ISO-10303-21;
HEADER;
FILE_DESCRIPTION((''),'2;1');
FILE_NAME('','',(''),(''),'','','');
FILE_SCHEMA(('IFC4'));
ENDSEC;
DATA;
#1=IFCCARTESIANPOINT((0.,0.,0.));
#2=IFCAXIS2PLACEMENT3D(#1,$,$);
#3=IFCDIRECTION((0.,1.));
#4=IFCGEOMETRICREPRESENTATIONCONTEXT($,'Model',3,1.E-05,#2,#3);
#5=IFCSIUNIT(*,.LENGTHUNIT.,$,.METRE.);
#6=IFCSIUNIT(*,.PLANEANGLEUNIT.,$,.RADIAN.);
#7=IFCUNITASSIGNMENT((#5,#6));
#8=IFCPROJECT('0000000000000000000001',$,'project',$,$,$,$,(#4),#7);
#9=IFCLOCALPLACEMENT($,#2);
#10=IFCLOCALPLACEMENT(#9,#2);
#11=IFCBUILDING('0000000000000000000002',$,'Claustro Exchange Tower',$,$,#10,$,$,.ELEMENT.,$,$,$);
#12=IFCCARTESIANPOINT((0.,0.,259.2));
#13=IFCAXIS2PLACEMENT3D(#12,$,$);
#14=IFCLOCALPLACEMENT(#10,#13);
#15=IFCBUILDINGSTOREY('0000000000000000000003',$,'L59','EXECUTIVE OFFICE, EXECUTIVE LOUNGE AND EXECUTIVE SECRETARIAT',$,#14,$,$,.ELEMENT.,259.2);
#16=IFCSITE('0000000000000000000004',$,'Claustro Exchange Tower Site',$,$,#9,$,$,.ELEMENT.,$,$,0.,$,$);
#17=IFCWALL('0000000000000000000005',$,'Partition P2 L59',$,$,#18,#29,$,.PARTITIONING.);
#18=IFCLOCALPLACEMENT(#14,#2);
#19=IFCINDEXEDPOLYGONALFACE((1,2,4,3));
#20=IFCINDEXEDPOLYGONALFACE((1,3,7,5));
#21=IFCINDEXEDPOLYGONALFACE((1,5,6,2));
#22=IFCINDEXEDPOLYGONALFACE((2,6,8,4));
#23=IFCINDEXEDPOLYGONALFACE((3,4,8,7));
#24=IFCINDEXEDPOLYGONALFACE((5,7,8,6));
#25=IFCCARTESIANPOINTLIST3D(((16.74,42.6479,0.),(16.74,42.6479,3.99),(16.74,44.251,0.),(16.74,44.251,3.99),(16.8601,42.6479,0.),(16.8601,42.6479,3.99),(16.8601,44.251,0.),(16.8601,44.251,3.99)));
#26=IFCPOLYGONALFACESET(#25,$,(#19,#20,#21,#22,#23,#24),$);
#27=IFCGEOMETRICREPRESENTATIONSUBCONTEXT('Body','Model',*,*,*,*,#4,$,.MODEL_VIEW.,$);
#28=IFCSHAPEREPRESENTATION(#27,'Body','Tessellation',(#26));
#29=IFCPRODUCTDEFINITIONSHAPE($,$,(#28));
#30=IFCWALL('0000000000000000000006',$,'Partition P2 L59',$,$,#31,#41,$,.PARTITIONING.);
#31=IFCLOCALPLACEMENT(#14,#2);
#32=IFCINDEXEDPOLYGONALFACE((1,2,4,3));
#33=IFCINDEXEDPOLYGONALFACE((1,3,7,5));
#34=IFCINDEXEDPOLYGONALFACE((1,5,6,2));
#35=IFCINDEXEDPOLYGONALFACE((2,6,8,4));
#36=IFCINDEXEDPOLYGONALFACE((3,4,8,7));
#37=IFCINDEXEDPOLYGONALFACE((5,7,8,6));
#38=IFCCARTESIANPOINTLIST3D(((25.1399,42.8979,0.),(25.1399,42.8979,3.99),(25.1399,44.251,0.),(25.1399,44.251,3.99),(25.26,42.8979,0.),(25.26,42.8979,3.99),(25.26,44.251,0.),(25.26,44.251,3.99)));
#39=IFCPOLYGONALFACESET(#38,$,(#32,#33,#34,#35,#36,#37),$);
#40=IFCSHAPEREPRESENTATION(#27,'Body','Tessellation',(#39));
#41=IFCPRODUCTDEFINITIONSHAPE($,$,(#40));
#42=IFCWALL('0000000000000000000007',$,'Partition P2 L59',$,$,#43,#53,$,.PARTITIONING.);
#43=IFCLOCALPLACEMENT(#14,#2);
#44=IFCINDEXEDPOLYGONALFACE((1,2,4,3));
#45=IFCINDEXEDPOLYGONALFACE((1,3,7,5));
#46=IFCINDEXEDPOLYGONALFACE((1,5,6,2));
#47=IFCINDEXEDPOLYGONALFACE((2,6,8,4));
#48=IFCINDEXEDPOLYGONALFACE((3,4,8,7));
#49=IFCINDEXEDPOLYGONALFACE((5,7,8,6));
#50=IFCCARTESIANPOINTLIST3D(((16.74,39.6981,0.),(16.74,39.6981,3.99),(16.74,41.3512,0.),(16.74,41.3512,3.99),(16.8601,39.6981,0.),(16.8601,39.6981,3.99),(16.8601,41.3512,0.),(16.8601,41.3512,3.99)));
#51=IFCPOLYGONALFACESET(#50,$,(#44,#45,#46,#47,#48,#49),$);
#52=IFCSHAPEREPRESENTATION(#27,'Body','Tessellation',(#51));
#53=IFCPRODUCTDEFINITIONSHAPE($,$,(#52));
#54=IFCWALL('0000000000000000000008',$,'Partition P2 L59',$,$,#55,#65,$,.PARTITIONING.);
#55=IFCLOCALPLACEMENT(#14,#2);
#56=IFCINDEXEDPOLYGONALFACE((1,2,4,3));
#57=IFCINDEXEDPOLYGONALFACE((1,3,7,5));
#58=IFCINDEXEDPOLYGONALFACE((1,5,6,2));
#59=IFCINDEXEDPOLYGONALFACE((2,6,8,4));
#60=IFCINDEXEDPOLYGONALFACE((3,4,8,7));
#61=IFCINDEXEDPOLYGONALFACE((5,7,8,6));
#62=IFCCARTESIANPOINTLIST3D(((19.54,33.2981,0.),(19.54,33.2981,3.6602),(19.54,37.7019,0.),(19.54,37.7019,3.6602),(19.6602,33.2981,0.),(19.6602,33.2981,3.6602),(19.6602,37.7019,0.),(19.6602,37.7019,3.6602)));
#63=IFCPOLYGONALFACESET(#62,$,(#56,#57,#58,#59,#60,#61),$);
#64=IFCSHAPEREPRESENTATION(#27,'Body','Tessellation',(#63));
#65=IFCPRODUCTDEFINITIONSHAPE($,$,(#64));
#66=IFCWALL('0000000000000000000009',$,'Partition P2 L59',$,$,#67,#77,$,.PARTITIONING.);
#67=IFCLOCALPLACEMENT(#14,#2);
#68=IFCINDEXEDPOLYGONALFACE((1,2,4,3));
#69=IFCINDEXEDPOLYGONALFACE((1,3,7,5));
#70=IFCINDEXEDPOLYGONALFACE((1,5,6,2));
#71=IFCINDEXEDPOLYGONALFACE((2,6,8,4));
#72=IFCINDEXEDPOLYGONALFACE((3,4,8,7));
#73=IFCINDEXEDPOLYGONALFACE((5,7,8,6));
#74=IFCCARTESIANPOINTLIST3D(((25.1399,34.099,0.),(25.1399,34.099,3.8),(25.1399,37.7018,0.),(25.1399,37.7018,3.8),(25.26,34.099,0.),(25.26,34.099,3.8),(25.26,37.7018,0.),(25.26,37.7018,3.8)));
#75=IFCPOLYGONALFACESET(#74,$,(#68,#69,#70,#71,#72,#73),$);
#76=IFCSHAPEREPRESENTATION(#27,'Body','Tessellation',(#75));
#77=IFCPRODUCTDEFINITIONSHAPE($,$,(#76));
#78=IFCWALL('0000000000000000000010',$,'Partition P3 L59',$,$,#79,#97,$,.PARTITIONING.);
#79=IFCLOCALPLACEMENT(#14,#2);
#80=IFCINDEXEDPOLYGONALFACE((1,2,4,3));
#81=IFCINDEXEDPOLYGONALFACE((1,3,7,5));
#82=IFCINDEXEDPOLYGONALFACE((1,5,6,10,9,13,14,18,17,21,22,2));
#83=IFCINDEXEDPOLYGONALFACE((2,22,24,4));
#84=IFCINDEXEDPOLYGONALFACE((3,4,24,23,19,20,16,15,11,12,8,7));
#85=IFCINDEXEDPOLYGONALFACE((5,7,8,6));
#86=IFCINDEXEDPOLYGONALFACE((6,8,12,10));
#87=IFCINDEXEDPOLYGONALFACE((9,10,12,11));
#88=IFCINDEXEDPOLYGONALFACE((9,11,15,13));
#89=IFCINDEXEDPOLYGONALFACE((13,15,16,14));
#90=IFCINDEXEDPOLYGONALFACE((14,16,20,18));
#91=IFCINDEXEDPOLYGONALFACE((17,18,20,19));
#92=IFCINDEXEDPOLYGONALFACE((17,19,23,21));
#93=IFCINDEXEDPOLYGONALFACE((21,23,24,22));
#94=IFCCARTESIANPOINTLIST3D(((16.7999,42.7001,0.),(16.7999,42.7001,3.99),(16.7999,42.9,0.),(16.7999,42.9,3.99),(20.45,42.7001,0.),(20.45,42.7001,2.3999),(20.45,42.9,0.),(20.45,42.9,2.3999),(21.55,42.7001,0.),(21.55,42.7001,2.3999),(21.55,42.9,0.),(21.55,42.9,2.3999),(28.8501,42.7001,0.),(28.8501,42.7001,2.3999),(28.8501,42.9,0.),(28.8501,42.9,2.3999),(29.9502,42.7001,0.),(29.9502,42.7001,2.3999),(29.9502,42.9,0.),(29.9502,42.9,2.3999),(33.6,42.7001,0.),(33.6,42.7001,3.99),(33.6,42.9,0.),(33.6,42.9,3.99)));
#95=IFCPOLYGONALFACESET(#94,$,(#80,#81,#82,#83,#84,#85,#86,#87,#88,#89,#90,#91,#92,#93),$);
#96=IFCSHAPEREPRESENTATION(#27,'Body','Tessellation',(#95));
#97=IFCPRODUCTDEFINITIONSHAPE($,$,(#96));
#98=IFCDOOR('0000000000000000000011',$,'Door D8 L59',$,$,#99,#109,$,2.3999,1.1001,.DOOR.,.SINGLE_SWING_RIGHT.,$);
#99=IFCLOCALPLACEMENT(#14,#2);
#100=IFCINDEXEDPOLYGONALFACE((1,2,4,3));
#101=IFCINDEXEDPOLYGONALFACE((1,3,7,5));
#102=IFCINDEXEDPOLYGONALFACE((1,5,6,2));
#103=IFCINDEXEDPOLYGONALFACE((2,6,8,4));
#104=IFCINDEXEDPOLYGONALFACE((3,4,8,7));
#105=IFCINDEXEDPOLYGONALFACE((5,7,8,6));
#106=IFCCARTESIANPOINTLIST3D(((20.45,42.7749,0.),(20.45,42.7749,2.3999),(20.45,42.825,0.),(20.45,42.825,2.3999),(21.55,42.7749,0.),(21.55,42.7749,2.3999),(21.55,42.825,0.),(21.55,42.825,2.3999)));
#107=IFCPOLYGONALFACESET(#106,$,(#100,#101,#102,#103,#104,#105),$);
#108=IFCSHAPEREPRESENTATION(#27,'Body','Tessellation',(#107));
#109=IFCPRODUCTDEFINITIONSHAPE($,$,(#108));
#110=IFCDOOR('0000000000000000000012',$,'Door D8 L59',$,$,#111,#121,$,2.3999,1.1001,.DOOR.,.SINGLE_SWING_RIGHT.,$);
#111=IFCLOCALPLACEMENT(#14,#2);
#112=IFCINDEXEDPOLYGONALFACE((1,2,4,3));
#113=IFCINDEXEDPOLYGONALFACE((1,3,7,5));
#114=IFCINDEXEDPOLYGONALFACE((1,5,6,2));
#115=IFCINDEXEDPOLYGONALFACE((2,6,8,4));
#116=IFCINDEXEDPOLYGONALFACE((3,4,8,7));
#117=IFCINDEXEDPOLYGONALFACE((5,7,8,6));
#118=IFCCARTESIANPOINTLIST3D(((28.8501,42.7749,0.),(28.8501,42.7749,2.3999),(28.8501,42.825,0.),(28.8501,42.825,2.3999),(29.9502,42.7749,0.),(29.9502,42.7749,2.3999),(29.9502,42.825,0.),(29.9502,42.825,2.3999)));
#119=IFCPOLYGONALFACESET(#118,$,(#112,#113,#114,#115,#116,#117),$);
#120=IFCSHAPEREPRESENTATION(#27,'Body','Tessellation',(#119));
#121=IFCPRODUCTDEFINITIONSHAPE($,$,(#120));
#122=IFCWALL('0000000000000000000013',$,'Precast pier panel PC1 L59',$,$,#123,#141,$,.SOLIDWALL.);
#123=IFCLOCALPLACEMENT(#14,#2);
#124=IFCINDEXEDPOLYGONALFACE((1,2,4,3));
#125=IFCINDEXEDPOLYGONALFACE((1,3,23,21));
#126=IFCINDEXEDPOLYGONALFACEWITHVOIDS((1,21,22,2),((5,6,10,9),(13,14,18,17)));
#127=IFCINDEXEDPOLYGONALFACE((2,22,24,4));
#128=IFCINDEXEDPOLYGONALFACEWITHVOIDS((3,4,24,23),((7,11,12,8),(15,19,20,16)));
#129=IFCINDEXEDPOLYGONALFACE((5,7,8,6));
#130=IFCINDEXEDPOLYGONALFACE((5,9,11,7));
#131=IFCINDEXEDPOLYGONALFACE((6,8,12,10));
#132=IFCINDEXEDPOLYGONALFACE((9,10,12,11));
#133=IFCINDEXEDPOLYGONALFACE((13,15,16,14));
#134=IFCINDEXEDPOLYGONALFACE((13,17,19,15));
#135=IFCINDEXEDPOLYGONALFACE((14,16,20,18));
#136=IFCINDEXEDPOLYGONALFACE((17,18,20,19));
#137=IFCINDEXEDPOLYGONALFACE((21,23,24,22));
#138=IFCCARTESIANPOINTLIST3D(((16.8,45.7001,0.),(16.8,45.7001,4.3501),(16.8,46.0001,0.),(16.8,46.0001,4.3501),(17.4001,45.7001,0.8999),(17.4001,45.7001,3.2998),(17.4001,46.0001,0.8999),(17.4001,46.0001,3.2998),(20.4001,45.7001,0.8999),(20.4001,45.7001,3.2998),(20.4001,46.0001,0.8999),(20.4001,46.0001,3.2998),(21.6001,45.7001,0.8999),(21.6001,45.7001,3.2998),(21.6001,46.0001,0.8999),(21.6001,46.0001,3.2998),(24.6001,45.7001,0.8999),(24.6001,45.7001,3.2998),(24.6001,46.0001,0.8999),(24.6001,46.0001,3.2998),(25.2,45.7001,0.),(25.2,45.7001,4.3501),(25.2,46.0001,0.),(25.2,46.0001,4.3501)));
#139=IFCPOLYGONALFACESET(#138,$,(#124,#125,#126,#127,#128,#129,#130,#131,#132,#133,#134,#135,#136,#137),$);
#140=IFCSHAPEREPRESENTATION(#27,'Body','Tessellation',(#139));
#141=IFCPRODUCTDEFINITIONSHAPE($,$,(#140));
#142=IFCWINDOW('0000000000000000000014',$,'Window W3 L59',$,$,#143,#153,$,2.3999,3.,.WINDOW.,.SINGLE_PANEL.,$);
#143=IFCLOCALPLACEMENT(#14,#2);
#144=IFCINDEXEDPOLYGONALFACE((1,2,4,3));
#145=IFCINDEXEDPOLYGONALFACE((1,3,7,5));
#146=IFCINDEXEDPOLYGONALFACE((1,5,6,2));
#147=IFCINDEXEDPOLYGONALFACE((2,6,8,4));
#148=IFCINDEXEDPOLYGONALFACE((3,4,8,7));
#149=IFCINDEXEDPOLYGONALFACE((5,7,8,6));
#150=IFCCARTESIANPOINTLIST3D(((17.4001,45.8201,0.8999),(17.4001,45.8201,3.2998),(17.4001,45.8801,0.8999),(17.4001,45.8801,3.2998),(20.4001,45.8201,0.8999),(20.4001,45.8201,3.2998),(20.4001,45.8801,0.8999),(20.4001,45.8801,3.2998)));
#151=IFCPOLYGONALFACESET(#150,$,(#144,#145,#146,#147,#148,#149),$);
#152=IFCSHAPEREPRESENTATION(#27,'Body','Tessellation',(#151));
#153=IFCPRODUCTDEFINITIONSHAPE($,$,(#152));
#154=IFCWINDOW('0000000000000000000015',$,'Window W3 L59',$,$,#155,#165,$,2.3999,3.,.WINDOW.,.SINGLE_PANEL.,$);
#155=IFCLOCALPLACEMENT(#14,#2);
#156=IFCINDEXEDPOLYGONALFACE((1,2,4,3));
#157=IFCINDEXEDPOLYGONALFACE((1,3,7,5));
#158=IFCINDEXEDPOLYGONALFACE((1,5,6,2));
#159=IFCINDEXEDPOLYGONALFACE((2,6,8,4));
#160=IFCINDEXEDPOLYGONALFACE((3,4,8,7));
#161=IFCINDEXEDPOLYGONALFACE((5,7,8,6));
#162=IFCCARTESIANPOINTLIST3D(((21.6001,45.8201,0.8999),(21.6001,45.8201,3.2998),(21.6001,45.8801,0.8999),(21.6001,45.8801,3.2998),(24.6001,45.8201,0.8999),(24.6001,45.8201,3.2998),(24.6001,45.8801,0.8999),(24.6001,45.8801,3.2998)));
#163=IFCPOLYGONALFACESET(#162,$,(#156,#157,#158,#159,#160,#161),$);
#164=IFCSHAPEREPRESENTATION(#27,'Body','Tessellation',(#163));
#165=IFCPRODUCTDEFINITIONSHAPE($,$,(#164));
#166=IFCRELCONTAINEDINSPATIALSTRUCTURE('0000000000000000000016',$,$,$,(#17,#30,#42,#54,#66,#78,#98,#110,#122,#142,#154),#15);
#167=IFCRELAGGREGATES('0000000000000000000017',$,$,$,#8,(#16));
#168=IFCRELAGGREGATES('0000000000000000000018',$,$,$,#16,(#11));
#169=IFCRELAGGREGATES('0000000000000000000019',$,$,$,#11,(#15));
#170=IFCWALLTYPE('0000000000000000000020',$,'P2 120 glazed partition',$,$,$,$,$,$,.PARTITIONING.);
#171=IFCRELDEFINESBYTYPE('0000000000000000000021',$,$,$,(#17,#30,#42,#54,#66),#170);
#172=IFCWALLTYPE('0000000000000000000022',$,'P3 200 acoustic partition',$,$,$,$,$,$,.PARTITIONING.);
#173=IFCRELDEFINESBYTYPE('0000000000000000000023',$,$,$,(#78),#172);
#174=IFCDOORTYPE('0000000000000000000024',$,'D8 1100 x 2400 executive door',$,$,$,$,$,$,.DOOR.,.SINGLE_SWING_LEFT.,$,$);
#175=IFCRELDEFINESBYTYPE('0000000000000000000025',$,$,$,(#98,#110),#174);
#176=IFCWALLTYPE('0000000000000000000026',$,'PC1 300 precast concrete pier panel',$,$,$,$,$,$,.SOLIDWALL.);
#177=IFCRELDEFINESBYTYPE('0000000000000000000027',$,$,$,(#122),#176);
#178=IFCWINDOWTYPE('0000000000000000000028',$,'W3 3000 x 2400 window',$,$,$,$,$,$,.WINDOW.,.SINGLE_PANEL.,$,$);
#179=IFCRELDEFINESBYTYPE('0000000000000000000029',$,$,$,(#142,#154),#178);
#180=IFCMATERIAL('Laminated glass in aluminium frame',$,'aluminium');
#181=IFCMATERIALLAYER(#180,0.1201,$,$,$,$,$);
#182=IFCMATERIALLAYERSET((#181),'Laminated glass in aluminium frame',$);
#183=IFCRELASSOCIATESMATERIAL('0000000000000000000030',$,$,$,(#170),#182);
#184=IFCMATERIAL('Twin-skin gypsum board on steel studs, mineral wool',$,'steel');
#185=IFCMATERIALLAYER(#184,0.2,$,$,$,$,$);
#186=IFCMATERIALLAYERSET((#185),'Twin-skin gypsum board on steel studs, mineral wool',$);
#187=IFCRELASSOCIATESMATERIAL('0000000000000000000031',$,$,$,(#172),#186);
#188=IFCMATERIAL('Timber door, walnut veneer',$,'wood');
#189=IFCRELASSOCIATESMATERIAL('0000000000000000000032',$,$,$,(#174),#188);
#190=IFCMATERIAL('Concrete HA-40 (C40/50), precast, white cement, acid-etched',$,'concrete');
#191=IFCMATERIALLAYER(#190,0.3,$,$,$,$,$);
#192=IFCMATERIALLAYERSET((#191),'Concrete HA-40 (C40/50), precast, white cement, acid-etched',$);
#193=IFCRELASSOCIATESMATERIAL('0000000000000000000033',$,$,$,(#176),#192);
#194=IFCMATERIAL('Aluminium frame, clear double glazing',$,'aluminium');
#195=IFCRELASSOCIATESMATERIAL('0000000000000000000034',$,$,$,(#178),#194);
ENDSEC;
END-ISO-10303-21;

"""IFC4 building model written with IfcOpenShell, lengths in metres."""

from ifc_helpers import new_model, si_unit, direction, frame, frame_2d, origin, place, context, subcontext, project, spatial, rectangle, extrude, material, layer, layer_set, type_object, element, fill, save


model = new_model("IFC4")

# Units and contexts
model_context = context("Model", 3, precision=1e-05, world=origin(), true_north=direction((0.0, 1.0)))
body_context = subcontext(model_context, "Body", "Model", "MODEL_VIEW")
ifc_project = project(units=[si_unit("LENGTHUNIT", "METRE"), si_unit("PLANEANGLEUNIT", "RADIAN")], contexts=[model_context])

# Site, building, storey
site_placement = place(None, origin())
site = spatial("IfcSite", under=ifc_project, at=site_placement, Name="Claustro Exchange Tower Site", CompositionType="ELEMENT", RefElevation=0.0)
building_placement = place(site_placement, origin())
building = spatial("IfcBuilding", under=site, at=building_placement, Name="Claustro Exchange Tower", CompositionType="ELEMENT")
storey_placement = place(building_placement, frame((0.0, 0.0, 259.2)))
storey = spatial("IfcBuildingStorey", under=building, at=storey_placement, Name="L59", Description="EXECUTIVE OFFICE, EXECUTIVE LOUNGE AND EXECUTIVE SECRETARIAT", CompositionType="ELEMENT", Elevation=259.2)

# Walls
ifc_material_1 = material(Name="Laminated glass in aluminium frame", Category="aluminium")
ifc_layer_1 = layer(ifc_material_1, 0.1201)
ifc_layer_set_1 = layer_set([ifc_layer_1], Name="Laminated glass in aluminium frame")
wall_type_1 = type_object("IfcWallType", Name="P2 120 glazed partition", PredefinedType="PARTITIONING", material=ifc_layer_set_1)
wall_1_placement = place(storey_placement, frame((16.8, 42.6479, 0.0), z_axis=(0.0, 0.0, 1.0), x_axis=(0.0, 1.0, 0.0)))
element("IfcWall", 1, at=wall_1_placement, inside=storey, type_object=wall_type_1, Name="Partition P2 L59", PredefinedType="PARTITIONING", context=body_context, shape_type="SweptSolid", body=[
    extrude(rectangle(XDim=1.603, YDim=0.1201, at=frame_2d((0.8015, 0.0))), origin(), (0.0, 0.0, 1.0), 3.99),
])
wall_2_placement = place(storey_placement, frame((25.2, 42.8979, 0.0), z_axis=(0.0, 0.0, 1.0), x_axis=(0.0, 1.0, 0.0)))
element("IfcWall", 2, at=wall_2_placement, inside=storey, type_object=wall_type_1, Name="Partition P2 L59", PredefinedType="PARTITIONING", context=body_context, shape_type="SweptSolid", body=[
    extrude(rectangle(XDim=1.353, YDim=0.1201, at=frame_2d((0.6765, 0.0))), origin(), (0.0, 0.0, 1.0), 3.99),
])
wall_3_placement = place(storey_placement, frame((16.8, 39.698, 0.0), z_axis=(0.0, 0.0, 1.0), x_axis=(0.0, 1.0, 0.0)))
element("IfcWall", 3, at=wall_3_placement, inside=storey, type_object=wall_type_1, Name="Partition P2 L59", PredefinedType="PARTITIONING", context=body_context, shape_type="SweptSolid", body=[
    extrude(rectangle(XDim=1.6531, YDim=0.1201, at=frame_2d((0.8267, 0.0))), origin(), (0.0, 0.0, 1.0), 3.99),
])
wall_4_placement = place(storey_placement, frame((19.6001, 33.2981, 0.0), z_axis=(0.0, 0.0, 1.0), x_axis=(0.0, 1.0, 0.0)))
element("IfcWall", 4, at=wall_4_placement, inside=storey, type_object=wall_type_1, Name="Partition P2 L59", PredefinedType="PARTITIONING", context=body_context, shape_type="SweptSolid", body=[
    extrude(rectangle(XDim=4.4038, YDim=0.1201, at=frame_2d((2.2019, 0.0))), origin(), (0.0, 0.0, 1.0), 3.6602),
])
wall_5_placement = place(storey_placement, frame((25.2, 34.0991, 0.0), z_axis=(0.0, 0.0, 1.0), x_axis=(0.0, 1.0, 0.0)))
element("IfcWall", 5, at=wall_5_placement, inside=storey, type_object=wall_type_1, Name="Partition P2 L59", PredefinedType="PARTITIONING", context=body_context, shape_type="SweptSolid", body=[
    extrude(rectangle(XDim=3.6028, YDim=0.1201, at=frame_2d((1.8013, 0.0))), origin(), (0.0, 0.0, 1.0), 3.8),
])

# Wall, openings, doors
ifc_material_2 = material(Name="Twin-skin gypsum board on steel studs, mineral wool", Category="steel")
ifc_layer_2 = layer(ifc_material_2, 0.2)
ifc_layer_set_2 = layer_set([ifc_layer_2], Name="Twin-skin gypsum board on steel studs, mineral wool")
wall_type_2 = type_object("IfcWallType", Name="P3 200 acoustic partition", PredefinedType="PARTITIONING", material=ifc_layer_set_2)
wall_6_placement = place(storey_placement, frame((16.8, 42.8, 0.0), z_axis=(0.0, 0.0, 1.0), x_axis=(1.0, 0.0, 0.0)))
wall_6 = element("IfcWall", 6, at=wall_6_placement, inside=storey, type_object=wall_type_2, Name="Partition P3 L59", PredefinedType="PARTITIONING", context=body_context, shape_type="SweptSolid", body=[
    extrude(rectangle(XDim=16.8, YDim=0.2, at=frame_2d((8.3999, 0.0))), origin(), (0.0, 0.0, 1.0), 3.99),
])
opening_1_placement = place(wall_6_placement, frame((3.6499, 0.0, 0.0)))
opening_1 = element("IfcOpeningElement", 7, at=opening_1_placement, cuts=wall_6, PredefinedType="OPENING", context=body_context, shape_type="SweptSolid", body=[
    extrude(rectangle(XDim=1.1001, YDim=2.3999, at=frame_2d((0.55, 1.2))), frame((0.0, 0.1099, 0.0), z_axis=(0.0, -1.0, 0.0), x_axis=(1.0, 0.0, 0.0)), (0.0, 0.0, 1.0), 0.22),
])
opening_2_placement = place(wall_6_placement, frame((12.05, 0.0, 0.0)))
opening_2 = element("IfcOpeningElement", 8, at=opening_2_placement, cuts=wall_6, PredefinedType="OPENING", context=body_context, shape_type="SweptSolid", body=[
    extrude(rectangle(XDim=1.1001, YDim=2.3999, at=frame_2d((0.55, 1.2))), frame((0.0, 0.1099, 0.0), z_axis=(0.0, -1.0, 0.0), x_axis=(1.0, 0.0, 0.0)), (0.0, 0.0, 1.0), 0.22),
])
ifc_material_3 = material(Name="Timber door, walnut veneer", Category="wood")
door_type = type_object("IfcDoorType", Name="D8 1100 x 2400 executive door", OperationType="SINGLE_SWING_LEFT", PredefinedType="DOOR", material=ifc_material_3)
door_1_placement = place(opening_1_placement, origin())
door_1 = element("IfcDoor", 9, at=door_1_placement, inside=storey, type_object=door_type, Name="Door D8 L59", OperationType="SINGLE_SWING_RIGHT", OverallHeight=2.3999, OverallWidth=1.1001, PredefinedType="DOOR", context=body_context, shape_type="SweptSolid", body=[
    extrude(rectangle(XDim=1.1001, YDim=2.3999, at=frame_2d((0.55, 1.2))), frame((0.0, 0.0249, 0.0), z_axis=(0.0, -1.0, 0.0), x_axis=(1.0, 0.0, 0.0)), (0.0, 0.0, 1.0), 0.05),
])
fill(opening_1, door_1)
door_2_placement = place(opening_2_placement, origin())
door_2 = element("IfcDoor", 10, at=door_2_placement, inside=storey, type_object=door_type, Name="Door D8 L59", OperationType="SINGLE_SWING_RIGHT", OverallHeight=2.3999, OverallWidth=1.1001, PredefinedType="DOOR", context=body_context, shape_type="SweptSolid", body=[
    extrude(rectangle(XDim=1.1001, YDim=2.3999, at=frame_2d((0.55, 1.2))), frame((0.0, 0.0249, 0.0), z_axis=(0.0, -1.0, 0.0), x_axis=(1.0, 0.0, 0.0)), (0.0, 0.0, 1.0), 0.05),
])
fill(opening_2, door_2)

# Wall, openings, windows
ifc_material_4 = material(Name="Concrete HA-40 (C40/50), precast, white cement, acid-etched", Category="concrete")
ifc_layer_3 = layer(ifc_material_4, 0.3)
ifc_layer_set_3 = layer_set([ifc_layer_3], Name="Concrete HA-40 (C40/50), precast, white cement, acid-etched")
wall_type_3 = type_object("IfcWallType", Name="PC1 300 precast concrete pier panel", PredefinedType="SOLIDWALL", material=ifc_layer_set_3)
wall_7_placement = place(storey_placement, frame((16.8, 45.8501, 0.0), z_axis=(0.0, 0.0, 1.0), x_axis=(1.0, 0.0, 0.0)))
wall_7 = element("IfcWall", 11, at=wall_7_placement, inside=storey, type_object=wall_type_3, Name="Precast pier panel PC1 L59", PredefinedType="SOLIDWALL", context=body_context, shape_type="SweptSolid", body=[
    extrude(rectangle(XDim=8.3999, YDim=0.3, at=frame_2d((4.2, 0.0))), origin(), (0.0, 0.0, 1.0), 4.3501),
])
opening_3_placement = place(wall_7_placement, frame((0.6001, 0.0, 0.8999)))
opening_3 = element("IfcOpeningElement", 12, at=opening_3_placement, cuts=wall_7, PredefinedType="OPENING", context=body_context, shape_type="SweptSolid", body=[
    extrude(rectangle(XDim=3.0, YDim=2.3999, at=frame_2d((1.5, 1.2))), frame((0.0, 0.1599, 0.0), z_axis=(0.0, -1.0, 0.0), x_axis=(1.0, 0.0, 0.0)), (0.0, 0.0, 1.0), 0.3201),
])
opening_4_placement = place(wall_7_placement, frame((4.8, 0.0, 0.8999)))
opening_4 = element("IfcOpeningElement", 13, at=opening_4_placement, cuts=wall_7, PredefinedType="OPENING", context=body_context, shape_type="SweptSolid", body=[
    extrude(rectangle(XDim=3.0, YDim=2.3999, at=frame_2d((1.5, 1.2))), frame((0.0, 0.1599, 0.0), z_axis=(0.0, -1.0, 0.0), x_axis=(1.0, 0.0, 0.0)), (0.0, 0.0, 1.0), 0.3201),
])
ifc_material_5 = material(Name="Aluminium frame, clear double glazing", Category="aluminium")
window_type_1 = type_object("IfcWindowType", Name="W3 3000 x 2400 window", PartitioningType="SINGLE_PANEL", PredefinedType="WINDOW", material=ifc_material_5)
window_1_placement = place(opening_3_placement, origin())
window_1 = element("IfcWindow", 14, at=window_1_placement, inside=storey, type_object=window_type_1, Name="Window W3 L59", OverallHeight=2.3999, OverallWidth=3.0, PartitioningType="SINGLE_PANEL", PredefinedType="WINDOW", context=body_context, shape_type="SweptSolid", body=[
    extrude(rectangle(XDim=3.0, YDim=2.3999, at=frame_2d((1.5, 1.2))), frame((0.0, 0.03, 0.0), z_axis=(0.0, -1.0, 0.0), x_axis=(1.0, 0.0, 0.0)), (0.0, 0.0, 1.0), 0.0601),
])
fill(opening_3, window_1)
window_2_placement = place(opening_4_placement, origin())
window_2 = element("IfcWindow", 15, at=window_2_placement, inside=storey, type_object=window_type_1, Name="Window W3 L59", OverallHeight=2.3999, OverallWidth=3.0, PartitioningType="SINGLE_PANEL", PredefinedType="WINDOW", context=body_context, shape_type="SweptSolid", body=[
    extrude(rectangle(XDim=3.0, YDim=2.3999, at=frame_2d((1.5, 1.2))), frame((0.0, 0.03, 0.0), z_axis=(0.0, -1.0, 0.0), x_axis=(1.0, 0.0, 0.0)), (0.0, 0.0, 1.0), 0.0601),
])
fill(opening_4, window_2)

save(model, "model.ifc")
